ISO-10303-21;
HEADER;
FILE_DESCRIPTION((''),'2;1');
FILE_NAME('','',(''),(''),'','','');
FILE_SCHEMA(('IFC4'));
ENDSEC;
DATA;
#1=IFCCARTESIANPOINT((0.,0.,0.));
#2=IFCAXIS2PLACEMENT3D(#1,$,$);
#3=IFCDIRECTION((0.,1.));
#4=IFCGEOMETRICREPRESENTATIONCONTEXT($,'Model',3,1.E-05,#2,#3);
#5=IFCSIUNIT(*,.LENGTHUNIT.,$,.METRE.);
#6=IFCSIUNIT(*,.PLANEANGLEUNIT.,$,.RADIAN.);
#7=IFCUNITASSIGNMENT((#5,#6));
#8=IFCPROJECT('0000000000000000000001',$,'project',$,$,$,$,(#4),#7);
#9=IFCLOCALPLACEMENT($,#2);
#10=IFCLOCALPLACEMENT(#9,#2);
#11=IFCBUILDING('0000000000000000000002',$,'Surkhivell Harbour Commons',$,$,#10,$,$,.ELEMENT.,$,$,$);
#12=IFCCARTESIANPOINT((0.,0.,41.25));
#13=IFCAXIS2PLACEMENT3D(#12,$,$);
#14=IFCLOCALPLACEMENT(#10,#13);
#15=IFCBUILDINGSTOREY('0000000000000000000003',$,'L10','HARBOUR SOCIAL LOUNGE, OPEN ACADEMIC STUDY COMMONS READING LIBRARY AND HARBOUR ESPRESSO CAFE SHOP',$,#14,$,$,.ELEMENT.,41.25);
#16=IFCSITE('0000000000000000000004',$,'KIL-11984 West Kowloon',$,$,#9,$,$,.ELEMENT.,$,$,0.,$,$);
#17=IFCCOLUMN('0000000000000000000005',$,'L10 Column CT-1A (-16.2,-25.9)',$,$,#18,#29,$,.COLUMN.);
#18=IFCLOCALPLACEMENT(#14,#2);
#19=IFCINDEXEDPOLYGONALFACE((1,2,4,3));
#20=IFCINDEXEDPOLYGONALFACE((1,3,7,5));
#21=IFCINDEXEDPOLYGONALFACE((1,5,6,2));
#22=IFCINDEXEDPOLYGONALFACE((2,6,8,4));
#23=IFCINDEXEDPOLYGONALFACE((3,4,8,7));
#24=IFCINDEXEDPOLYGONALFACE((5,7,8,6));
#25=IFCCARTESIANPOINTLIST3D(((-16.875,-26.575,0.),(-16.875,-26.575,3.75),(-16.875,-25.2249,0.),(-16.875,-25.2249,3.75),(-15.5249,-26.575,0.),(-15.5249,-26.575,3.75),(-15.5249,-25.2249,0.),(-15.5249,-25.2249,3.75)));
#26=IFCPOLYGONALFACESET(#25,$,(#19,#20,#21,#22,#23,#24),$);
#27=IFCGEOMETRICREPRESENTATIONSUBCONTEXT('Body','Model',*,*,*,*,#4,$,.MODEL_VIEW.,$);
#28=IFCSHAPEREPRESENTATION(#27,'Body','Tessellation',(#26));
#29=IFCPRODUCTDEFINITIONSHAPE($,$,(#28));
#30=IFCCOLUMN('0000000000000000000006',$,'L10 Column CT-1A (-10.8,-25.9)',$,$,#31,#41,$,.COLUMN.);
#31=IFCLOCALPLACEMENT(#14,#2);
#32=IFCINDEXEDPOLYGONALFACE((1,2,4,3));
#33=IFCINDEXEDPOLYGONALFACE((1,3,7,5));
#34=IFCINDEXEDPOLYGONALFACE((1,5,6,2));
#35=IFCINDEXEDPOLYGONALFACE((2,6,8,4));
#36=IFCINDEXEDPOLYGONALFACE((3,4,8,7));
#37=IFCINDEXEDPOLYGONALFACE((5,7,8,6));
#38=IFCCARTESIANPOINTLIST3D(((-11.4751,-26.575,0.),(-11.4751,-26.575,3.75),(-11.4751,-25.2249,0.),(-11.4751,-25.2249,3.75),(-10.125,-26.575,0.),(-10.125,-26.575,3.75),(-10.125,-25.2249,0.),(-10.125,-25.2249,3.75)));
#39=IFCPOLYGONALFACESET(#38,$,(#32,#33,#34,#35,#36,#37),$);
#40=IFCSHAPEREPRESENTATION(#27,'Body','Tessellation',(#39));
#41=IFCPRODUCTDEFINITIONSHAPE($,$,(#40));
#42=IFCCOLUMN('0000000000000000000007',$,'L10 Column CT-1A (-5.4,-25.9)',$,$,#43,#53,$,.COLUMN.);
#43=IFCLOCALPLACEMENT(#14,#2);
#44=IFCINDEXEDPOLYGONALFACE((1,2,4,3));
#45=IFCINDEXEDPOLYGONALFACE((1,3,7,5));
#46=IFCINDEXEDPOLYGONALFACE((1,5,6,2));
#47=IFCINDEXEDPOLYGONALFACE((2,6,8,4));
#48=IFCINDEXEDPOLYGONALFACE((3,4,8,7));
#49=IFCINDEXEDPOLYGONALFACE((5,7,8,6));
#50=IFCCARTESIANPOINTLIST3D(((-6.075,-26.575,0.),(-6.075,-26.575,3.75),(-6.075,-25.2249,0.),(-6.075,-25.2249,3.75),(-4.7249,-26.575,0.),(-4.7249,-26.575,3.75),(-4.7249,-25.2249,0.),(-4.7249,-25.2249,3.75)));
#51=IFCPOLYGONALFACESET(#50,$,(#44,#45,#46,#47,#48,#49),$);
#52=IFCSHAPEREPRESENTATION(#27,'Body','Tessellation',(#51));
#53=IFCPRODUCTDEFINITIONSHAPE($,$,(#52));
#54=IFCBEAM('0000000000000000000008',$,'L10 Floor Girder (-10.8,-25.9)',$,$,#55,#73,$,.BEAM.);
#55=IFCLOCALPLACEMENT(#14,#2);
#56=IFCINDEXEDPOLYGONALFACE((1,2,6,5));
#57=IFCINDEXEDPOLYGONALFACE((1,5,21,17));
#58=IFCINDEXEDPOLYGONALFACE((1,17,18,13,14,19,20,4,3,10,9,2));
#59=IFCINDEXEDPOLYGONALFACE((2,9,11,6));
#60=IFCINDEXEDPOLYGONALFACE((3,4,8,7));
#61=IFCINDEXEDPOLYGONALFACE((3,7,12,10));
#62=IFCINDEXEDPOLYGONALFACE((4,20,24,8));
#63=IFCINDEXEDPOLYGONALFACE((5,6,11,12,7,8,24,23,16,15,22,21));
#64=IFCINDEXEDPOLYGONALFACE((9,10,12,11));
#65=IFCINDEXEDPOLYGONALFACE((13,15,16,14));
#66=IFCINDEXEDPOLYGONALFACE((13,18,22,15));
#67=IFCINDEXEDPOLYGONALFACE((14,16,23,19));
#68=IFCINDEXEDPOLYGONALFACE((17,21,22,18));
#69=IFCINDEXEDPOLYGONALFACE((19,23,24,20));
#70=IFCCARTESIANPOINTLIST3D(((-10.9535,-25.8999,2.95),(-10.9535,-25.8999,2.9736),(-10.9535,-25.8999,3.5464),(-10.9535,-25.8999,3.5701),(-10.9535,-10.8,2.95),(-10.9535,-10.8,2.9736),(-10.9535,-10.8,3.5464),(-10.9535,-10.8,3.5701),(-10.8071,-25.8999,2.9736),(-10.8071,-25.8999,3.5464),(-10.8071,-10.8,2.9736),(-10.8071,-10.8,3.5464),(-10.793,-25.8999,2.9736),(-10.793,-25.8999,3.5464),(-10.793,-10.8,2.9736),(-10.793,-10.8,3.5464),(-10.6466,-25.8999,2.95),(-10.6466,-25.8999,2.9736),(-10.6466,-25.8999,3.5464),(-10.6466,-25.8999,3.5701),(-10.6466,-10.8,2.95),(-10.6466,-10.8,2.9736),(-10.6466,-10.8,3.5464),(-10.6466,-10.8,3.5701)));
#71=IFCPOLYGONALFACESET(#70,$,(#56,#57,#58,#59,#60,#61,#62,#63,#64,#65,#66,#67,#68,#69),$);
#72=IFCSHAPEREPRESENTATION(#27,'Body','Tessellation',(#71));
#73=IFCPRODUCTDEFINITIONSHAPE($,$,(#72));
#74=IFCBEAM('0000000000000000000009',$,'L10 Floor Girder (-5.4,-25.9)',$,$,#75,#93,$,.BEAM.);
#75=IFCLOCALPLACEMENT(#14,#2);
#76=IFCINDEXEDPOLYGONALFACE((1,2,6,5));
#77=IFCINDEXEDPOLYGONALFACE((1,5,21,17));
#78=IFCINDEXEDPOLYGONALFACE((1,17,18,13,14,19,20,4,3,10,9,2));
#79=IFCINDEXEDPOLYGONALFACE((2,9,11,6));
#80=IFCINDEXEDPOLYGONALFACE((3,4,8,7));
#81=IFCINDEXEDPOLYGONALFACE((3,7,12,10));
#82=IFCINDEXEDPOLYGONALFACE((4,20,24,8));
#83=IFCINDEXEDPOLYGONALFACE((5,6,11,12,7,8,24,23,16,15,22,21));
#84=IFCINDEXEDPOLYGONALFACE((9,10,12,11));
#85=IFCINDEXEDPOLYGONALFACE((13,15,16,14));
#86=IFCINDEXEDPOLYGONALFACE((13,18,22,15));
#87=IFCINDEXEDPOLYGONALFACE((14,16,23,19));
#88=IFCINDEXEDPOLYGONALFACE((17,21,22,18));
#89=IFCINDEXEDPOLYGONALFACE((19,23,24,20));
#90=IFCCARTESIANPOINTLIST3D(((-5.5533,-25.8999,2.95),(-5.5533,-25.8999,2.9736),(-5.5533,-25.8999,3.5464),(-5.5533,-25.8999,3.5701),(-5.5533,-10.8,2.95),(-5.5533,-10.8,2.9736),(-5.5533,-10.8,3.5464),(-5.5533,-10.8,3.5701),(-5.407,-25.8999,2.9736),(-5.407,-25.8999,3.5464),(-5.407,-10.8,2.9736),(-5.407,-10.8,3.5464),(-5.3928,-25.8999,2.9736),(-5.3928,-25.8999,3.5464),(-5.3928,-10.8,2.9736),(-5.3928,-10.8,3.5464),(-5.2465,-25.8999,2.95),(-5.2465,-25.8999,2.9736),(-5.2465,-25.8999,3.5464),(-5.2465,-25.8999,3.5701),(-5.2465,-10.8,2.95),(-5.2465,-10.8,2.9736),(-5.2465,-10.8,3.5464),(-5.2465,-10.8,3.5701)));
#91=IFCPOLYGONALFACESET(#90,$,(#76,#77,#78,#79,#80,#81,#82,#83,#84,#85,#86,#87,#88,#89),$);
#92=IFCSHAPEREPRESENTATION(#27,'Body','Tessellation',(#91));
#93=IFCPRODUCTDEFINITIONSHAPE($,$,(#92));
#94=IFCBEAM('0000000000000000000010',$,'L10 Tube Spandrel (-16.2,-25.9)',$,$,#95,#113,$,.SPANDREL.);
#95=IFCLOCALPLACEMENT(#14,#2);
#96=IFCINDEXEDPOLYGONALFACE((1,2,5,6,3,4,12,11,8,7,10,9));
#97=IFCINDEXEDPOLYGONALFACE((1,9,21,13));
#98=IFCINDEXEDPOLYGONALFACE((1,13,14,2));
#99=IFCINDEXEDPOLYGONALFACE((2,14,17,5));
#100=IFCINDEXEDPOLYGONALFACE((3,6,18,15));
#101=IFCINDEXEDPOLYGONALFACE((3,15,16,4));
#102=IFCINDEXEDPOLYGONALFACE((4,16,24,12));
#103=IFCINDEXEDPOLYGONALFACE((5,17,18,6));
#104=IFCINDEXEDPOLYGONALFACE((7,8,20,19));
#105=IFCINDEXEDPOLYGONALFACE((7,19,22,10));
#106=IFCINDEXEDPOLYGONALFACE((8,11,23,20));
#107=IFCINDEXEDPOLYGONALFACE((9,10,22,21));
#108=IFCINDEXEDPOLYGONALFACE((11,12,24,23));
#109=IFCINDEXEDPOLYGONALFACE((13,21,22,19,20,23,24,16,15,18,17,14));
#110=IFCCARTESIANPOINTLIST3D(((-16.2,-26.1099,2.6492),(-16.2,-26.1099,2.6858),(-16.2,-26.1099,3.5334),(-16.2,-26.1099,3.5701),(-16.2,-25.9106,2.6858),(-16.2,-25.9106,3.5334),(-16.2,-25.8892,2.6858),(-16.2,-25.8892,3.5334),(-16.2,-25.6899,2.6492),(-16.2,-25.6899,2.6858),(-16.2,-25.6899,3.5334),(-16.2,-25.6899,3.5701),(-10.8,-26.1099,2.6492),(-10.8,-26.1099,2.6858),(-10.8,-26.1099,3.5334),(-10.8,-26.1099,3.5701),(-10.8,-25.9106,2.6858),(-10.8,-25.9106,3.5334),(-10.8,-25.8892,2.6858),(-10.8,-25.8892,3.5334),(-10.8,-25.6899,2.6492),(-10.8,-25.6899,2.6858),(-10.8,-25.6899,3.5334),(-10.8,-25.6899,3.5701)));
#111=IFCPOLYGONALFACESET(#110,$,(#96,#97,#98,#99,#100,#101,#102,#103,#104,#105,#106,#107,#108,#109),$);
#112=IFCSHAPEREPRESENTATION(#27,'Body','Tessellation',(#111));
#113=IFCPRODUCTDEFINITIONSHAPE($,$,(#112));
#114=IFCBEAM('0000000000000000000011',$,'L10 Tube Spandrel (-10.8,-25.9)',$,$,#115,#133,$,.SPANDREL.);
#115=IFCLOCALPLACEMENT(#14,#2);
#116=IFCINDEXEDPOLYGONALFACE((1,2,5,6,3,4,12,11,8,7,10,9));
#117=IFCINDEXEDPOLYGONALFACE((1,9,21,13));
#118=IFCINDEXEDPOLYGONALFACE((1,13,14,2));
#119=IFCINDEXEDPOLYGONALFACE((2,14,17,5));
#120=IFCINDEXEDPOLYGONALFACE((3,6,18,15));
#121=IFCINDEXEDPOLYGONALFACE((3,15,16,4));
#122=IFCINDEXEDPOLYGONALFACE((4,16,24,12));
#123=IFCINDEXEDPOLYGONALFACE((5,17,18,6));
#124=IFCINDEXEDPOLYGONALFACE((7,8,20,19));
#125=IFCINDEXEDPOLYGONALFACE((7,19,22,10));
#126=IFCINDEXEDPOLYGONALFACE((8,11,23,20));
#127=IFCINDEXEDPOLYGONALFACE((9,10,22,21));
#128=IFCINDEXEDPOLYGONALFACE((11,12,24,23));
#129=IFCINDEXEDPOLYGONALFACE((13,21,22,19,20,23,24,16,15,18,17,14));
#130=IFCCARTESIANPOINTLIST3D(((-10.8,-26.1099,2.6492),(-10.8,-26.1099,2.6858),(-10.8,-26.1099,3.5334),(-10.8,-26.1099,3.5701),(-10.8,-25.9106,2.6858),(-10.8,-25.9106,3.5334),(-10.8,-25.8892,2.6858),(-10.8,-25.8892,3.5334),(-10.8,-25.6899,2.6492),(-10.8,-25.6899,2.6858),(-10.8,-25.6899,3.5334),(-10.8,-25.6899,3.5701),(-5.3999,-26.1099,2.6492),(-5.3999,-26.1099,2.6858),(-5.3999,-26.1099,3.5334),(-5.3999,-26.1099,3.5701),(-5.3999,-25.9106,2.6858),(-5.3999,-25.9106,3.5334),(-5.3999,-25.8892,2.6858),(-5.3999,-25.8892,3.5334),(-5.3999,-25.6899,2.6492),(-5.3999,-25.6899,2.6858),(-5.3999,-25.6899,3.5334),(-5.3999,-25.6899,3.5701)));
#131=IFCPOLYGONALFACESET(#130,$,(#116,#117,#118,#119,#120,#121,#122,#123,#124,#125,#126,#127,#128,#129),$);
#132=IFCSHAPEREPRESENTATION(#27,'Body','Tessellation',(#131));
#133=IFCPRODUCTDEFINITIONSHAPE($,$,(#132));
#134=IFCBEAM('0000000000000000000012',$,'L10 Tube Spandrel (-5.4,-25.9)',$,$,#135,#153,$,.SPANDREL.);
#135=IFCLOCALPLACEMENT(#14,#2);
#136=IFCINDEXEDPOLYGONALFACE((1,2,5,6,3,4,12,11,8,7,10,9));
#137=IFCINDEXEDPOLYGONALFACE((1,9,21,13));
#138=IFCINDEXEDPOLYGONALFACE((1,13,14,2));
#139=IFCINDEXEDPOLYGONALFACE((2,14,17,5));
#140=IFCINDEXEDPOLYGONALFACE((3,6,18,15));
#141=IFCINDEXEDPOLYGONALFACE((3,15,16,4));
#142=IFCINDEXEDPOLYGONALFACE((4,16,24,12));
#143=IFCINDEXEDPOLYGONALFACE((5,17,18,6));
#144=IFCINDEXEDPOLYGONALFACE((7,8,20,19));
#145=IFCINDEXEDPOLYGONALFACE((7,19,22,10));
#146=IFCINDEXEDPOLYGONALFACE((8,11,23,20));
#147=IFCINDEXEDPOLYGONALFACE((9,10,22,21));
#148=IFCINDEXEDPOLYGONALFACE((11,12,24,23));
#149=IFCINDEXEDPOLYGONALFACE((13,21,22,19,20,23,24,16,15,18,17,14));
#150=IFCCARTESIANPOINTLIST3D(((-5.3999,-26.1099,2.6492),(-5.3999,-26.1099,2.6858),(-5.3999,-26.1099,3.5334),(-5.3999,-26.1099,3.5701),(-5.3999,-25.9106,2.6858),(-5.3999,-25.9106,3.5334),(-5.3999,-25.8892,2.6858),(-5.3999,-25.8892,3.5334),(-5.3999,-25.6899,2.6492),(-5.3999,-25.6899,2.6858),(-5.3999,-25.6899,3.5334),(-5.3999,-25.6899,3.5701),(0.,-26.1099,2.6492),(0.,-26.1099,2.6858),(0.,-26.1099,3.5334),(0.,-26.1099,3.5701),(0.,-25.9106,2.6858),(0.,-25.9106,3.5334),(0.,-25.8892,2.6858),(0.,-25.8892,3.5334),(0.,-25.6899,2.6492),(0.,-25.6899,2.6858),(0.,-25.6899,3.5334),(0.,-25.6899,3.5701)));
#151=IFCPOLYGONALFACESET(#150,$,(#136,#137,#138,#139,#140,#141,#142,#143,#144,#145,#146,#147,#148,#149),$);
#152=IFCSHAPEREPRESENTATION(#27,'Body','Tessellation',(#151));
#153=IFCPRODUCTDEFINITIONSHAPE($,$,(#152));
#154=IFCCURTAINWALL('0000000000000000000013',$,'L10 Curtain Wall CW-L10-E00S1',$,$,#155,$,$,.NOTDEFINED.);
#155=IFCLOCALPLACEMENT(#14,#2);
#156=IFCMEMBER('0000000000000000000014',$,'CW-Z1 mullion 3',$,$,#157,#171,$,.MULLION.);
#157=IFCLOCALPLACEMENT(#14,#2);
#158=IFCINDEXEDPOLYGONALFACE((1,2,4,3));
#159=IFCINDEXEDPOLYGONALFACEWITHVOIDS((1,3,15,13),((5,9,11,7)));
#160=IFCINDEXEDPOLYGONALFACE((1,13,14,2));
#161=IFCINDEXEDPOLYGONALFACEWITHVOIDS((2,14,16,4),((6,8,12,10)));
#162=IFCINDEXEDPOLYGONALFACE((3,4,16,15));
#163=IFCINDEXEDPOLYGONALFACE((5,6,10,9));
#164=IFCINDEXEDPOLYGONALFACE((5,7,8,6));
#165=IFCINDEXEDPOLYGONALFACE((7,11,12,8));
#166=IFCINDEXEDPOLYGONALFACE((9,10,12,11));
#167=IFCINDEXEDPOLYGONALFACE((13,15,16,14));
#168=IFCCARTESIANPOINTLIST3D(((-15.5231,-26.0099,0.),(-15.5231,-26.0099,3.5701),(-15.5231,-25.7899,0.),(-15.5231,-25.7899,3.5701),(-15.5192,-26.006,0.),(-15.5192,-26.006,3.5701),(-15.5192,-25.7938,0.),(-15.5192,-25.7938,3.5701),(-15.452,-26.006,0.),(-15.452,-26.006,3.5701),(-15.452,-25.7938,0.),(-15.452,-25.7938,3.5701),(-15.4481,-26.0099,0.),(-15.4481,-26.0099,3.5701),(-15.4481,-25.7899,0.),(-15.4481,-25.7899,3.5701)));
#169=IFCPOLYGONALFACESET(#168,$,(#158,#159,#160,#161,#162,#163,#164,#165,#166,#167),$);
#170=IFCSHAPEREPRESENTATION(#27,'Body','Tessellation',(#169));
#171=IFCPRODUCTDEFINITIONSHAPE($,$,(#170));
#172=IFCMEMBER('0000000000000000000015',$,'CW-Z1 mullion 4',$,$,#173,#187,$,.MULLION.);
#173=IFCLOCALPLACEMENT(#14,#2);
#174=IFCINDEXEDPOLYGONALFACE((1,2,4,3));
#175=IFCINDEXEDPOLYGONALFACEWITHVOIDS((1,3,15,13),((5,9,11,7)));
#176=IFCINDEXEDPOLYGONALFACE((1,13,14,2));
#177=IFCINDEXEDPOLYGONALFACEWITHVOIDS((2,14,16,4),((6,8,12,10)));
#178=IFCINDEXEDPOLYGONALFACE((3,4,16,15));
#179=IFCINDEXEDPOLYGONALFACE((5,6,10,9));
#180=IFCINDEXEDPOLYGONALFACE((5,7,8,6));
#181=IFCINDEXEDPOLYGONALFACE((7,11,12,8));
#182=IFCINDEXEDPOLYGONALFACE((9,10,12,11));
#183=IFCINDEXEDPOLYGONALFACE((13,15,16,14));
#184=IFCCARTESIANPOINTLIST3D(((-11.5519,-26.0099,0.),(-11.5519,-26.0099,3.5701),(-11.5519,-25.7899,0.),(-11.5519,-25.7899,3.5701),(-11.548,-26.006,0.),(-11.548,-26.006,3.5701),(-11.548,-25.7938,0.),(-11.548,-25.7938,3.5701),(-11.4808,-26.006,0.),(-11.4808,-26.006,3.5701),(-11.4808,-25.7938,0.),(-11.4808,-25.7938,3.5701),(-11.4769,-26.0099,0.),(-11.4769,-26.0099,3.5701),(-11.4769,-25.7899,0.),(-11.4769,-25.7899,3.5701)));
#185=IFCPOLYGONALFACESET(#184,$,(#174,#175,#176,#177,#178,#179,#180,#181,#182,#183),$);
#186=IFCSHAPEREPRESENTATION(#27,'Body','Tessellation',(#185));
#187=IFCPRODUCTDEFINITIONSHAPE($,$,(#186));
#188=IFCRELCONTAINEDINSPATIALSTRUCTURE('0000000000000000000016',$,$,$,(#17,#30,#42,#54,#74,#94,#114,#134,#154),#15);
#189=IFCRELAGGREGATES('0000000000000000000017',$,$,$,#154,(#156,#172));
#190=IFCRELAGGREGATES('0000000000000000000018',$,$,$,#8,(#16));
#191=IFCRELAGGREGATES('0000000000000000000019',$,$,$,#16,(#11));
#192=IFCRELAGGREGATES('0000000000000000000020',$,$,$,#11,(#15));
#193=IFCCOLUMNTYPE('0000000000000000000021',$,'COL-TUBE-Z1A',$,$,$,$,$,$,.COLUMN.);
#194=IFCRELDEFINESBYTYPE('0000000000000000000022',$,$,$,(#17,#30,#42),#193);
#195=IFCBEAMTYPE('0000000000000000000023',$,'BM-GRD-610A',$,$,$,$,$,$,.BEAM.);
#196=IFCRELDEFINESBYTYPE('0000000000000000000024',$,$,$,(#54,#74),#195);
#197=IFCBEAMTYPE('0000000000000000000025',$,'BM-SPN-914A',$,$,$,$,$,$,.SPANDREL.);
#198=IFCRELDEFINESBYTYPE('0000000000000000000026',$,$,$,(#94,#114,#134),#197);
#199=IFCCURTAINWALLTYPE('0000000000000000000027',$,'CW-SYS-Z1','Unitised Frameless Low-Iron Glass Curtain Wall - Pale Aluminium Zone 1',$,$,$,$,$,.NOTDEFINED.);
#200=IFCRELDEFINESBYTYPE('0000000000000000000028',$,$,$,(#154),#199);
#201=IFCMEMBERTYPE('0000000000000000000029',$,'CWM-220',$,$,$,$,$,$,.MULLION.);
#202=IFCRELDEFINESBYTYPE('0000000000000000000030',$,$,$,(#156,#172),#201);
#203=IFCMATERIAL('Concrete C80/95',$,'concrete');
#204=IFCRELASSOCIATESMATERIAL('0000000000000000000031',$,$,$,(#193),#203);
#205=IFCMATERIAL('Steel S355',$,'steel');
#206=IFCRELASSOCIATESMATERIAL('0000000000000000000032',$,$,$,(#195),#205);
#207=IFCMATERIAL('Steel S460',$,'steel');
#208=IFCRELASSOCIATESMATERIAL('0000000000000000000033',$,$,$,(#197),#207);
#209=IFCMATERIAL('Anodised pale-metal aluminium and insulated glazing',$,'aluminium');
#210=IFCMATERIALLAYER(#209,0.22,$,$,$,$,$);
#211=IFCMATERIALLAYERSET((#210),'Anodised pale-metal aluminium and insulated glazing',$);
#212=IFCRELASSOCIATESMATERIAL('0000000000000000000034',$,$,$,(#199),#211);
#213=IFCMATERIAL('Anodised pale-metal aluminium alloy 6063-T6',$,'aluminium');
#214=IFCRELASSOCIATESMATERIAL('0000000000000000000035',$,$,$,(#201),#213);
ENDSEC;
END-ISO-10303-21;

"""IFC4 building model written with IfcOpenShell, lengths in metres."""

from ifc_helpers import new_model, si_unit, direction, frame, origin, origin_2d, place, context, subcontext, project, spatial, rectangle, hollow_rectangle, i_section, extrude, material, layer, layer_set, material_profile, profile_set, type_object, element, aggregate, save


model = new_model("IFC4")

# Units and contexts
model_context = context("Model", 3, precision=1e-05, world=origin(), true_north=direction((0.0, 1.0)))
body_context = subcontext(model_context, "Body", "Model", "MODEL_VIEW")
ifc_project = project(units=[si_unit("LENGTHUNIT", "METRE"), si_unit("PLANEANGLEUNIT", "RADIAN")], contexts=[model_context])

# Site, building, storey
site_placement = place(None, origin())
site = spatial("IfcSite", under=ifc_project, at=site_placement, Name="KIL-11984 West Kowloon", CompositionType="ELEMENT", RefElevation=0.0)
building_placement = place(site_placement, origin())
building = spatial("IfcBuilding", under=site, at=building_placement, Name="Surkhivell Harbour Commons", CompositionType="ELEMENT")
storey_placement = place(building_placement, frame((0.0, 0.0, 41.25)))
storey = spatial("IfcBuildingStorey", under=building, at=storey_placement, Name="L10", Description="HARBOUR SOCIAL LOUNGE, OPEN ACADEMIC STUDY COMMONS READING LIBRARY AND HARBOUR ESPRESSO CAFE SHOP", CompositionType="ELEMENT", Elevation=41.25)

# Columns
ifc_material_1 = material(Name="Concrete C80/95", Category="concrete")
ifc_material_profile_1 = material_profile(ifc_material_1, rectangle(XDim=1.3501, YDim=1.3501, at=origin_2d()), Name="RC-COL-1350x1350")
ifc_profile_set_1 = profile_set([ifc_material_profile_1], Name="Concrete C80/95")
column_type = type_object("IfcColumnType", Name="COL-TUBE-Z1A", PredefinedType="COLUMN", material=ifc_profile_set_1)
for number, where, z_axis, x_axis, name in (
    (1, (-16.2, -25.8999, 0.0), (0.0, 0.0, 1.0), (1.0, 0.0, 0.0), "L10 Column CT-1A (-16.2,-25.9)"),
    (2, (-10.8, -25.8999, 0.0), (0.0, 0.0, 1.0), (1.0, 0.0, 0.0), "L10 Column CT-1A (-10.8,-25.9)"),
    (3, (-5.3999, -25.8999, 0.0), (0.0, 0.0, 1.0), (1.0, 0.0, 0.0), "L10 Column CT-1A (-5.4,-25.9)"),
):
    element("IfcColumn", number, at=place(storey_placement, frame(where, z_axis=z_axis, x_axis=x_axis)), inside=storey, type_object=column_type, Name=name, PredefinedType="COLUMN", context=body_context, shape_type="SweptSolid", body=[
        extrude(rectangle(XDim=1.3501, YDim=1.3501, at=origin_2d()), origin(), (0.0, 0.0, 1.0), 3.75),
    ])

# Beams
ifc_material_2 = material(Name="Steel S355", Category="steel")
ifc_material_profile_2 = material_profile(ifc_material_2, i_section(OverallWidth=0.3069, OverallDepth=0.6201, WebThickness=0.0142, FlangeThickness=0.0237, at=origin_2d()), Name="UB610x305x179")
ifc_profile_set_2 = profile_set([ifc_material_profile_2], Name="Steel S355")
beam_type_1 = type_object("IfcBeamType", Name="BM-GRD-610A", PredefinedType="BEAM", material=ifc_profile_set_2)
for number, where, z_axis, x_axis, name in (
    (4, (-10.8, -25.8999, 3.26), (0.0, 1.0, 0.0), (-1.0, 0.0, 0.0), "L10 Floor Girder (-10.8,-25.9)"),
    (5, (-5.3999, -25.8999, 3.26), (0.0, 1.0, 0.0), (-1.0, 0.0, 0.0), "L10 Floor Girder (-5.4,-25.9)"),
):
    element("IfcBeam", number, at=place(storey_placement, frame(where, z_axis=z_axis, x_axis=x_axis)), inside=storey, type_object=beam_type_1, Name=name, PredefinedType="BEAM", context=body_context, shape_type="SweptSolid", body=[
        extrude(i_section(OverallWidth=0.3069, OverallDepth=0.6201, WebThickness=0.0142, FlangeThickness=0.0237, at=origin_2d()), origin(), (0.0, 0.0, 1.0), 15.0999),
    ])
ifc_material_3 = material(Name="Steel S460", Category="steel")
ifc_material_profile_3 = material_profile(ifc_material_3, i_section(OverallWidth=0.4199, OverallDepth=0.9209, WebThickness=0.0215, FlangeThickness=0.0366, at=origin_2d()), Name="UB914x419x388")
ifc_profile_set_3 = profile_set([ifc_material_profile_3], Name="Steel S460")
beam_type_2 = type_object("IfcBeamType", Name="BM-SPN-914A", PredefinedType="SPANDREL", material=ifc_profile_set_3)
beam_1_placement = place(storey_placement, frame((-16.2, -25.8999, 3.1096), z_axis=(1.0, 0.0, 0.0), x_axis=(0.0, 1.0, 0.0)))
element("IfcBeam", 6, at=beam_1_placement, inside=storey, type_object=beam_type_2, Name="L10 Tube Spandrel (-16.2,-25.9)", PredefinedType="SPANDREL", context=body_context, shape_type="SweptSolid", body=[
    extrude(i_section(OverallWidth=0.4199, OverallDepth=0.9209, WebThickness=0.0215, FlangeThickness=0.0366, at=origin_2d()), origin(), (0.0, 0.0, 1.0), 5.3999),
])
beam_2_placement = place(storey_placement, frame((-10.8, -25.8999, 3.1096), z_axis=(1.0, 0.0, 0.0), x_axis=(0.0, 1.0, 0.0)))
element("IfcBeam", 7, at=beam_2_placement, inside=storey, type_object=beam_type_2, Name="L10 Tube Spandrel (-10.8,-25.9)", PredefinedType="SPANDREL", context=body_context, shape_type="SweptSolid", body=[
    extrude(i_section(OverallWidth=0.4199, OverallDepth=0.9209, WebThickness=0.0215, FlangeThickness=0.0366, at=origin_2d()), origin(), (0.0, 0.0, 1.0), 5.4001),
])
beam_3_placement = place(storey_placement, frame((-5.3999, -25.8999, 3.1096), z_axis=(1.0, 0.0, 0.0), x_axis=(0.0, 1.0, 0.0)))
element("IfcBeam", 8, at=beam_3_placement, inside=storey, type_object=beam_type_2, Name="L10 Tube Spandrel (-5.4,-25.9)", PredefinedType="SPANDREL", context=body_context, shape_type="SweptSolid", body=[
    extrude(i_section(OverallWidth=0.4199, OverallDepth=0.9209, WebThickness=0.0215, FlangeThickness=0.0366, at=origin_2d()), origin(), (0.0, 0.0, 1.0), 5.3999),
])

# Curtain wall, members
ifc_material_4 = material(Name="Anodised pale-metal aluminium and insulated glazing", Category="aluminium")
ifc_layer_1 = layer(ifc_material_4, 0.22)
ifc_layer_set_1 = layer_set([ifc_layer_1], Name="Anodised pale-metal aluminium and insulated glazing")
curtain_wall_type = type_object("IfcCurtainWallType", Name="CW-SYS-Z1", Description="Unitised Frameless Low-Iron Glass Curtain Wall - Pale Aluminium Zone 1", PredefinedType="NOTDEFINED", material=ifc_layer_set_1)
curtain_wall_placement = place(storey_placement, origin())
curtain_wall = element("IfcCurtainWall", 9, at=curtain_wall_placement, inside=storey, type_object=curtain_wall_type, Name="L10 Curtain Wall CW-L10-E00S1", PredefinedType="NOTDEFINED")
ifc_material_5 = material(Name="Anodised pale-metal aluminium alloy 6063-T6", Category="aluminium")
ifc_material_profile_4 = material_profile(ifc_material_5, hollow_rectangle(XDim=0.075, YDim=0.22, WallThickness=0.0039, at=origin_2d()), Name="ALU-MULL-75x220")
ifc_profile_set_4 = profile_set([ifc_material_profile_4], Name="Anodised pale-metal aluminium alloy 6063-T6")
member_type_1 = type_object("IfcMemberType", Name="CWM-220", PredefinedType="MULLION", material=ifc_profile_set_4)
member_1_placement = place(storey_placement, frame((-15.4856, -25.8999, 0.0), z_axis=(0.0, 0.0, 1.0), x_axis=(1.0, 0.0, 0.0)))
member_1 = element("IfcMember", 10, at=member_1_placement, type_object=member_type_1, Name="CW-Z1 mullion 3", PredefinedType="MULLION", context=body_context, shape_type="SweptSolid", body=[
    extrude(hollow_rectangle(XDim=0.075, YDim=0.22, WallThickness=0.0039, at=origin_2d()), origin(), (0.0, 0.0, 1.0), 3.5701),
])
member_2_placement = place(storey_placement, frame((-11.5144, -25.8999, 0.0), z_axis=(0.0, 0.0, 1.0), x_axis=(1.0, 0.0, 0.0)))
member_2 = element("IfcMember", 11, at=member_2_placement, type_object=member_type_1, Name="CW-Z1 mullion 4", PredefinedType="MULLION", context=body_context, shape_type="SweptSolid", body=[
    extrude(hollow_rectangle(XDim=0.075, YDim=0.22, WallThickness=0.0039, at=origin_2d()), origin(), (0.0, 0.0, 1.0), 3.5701),
])

aggregate(curtain_wall, [member_1, member_2])

save(model, "model.ifc")
